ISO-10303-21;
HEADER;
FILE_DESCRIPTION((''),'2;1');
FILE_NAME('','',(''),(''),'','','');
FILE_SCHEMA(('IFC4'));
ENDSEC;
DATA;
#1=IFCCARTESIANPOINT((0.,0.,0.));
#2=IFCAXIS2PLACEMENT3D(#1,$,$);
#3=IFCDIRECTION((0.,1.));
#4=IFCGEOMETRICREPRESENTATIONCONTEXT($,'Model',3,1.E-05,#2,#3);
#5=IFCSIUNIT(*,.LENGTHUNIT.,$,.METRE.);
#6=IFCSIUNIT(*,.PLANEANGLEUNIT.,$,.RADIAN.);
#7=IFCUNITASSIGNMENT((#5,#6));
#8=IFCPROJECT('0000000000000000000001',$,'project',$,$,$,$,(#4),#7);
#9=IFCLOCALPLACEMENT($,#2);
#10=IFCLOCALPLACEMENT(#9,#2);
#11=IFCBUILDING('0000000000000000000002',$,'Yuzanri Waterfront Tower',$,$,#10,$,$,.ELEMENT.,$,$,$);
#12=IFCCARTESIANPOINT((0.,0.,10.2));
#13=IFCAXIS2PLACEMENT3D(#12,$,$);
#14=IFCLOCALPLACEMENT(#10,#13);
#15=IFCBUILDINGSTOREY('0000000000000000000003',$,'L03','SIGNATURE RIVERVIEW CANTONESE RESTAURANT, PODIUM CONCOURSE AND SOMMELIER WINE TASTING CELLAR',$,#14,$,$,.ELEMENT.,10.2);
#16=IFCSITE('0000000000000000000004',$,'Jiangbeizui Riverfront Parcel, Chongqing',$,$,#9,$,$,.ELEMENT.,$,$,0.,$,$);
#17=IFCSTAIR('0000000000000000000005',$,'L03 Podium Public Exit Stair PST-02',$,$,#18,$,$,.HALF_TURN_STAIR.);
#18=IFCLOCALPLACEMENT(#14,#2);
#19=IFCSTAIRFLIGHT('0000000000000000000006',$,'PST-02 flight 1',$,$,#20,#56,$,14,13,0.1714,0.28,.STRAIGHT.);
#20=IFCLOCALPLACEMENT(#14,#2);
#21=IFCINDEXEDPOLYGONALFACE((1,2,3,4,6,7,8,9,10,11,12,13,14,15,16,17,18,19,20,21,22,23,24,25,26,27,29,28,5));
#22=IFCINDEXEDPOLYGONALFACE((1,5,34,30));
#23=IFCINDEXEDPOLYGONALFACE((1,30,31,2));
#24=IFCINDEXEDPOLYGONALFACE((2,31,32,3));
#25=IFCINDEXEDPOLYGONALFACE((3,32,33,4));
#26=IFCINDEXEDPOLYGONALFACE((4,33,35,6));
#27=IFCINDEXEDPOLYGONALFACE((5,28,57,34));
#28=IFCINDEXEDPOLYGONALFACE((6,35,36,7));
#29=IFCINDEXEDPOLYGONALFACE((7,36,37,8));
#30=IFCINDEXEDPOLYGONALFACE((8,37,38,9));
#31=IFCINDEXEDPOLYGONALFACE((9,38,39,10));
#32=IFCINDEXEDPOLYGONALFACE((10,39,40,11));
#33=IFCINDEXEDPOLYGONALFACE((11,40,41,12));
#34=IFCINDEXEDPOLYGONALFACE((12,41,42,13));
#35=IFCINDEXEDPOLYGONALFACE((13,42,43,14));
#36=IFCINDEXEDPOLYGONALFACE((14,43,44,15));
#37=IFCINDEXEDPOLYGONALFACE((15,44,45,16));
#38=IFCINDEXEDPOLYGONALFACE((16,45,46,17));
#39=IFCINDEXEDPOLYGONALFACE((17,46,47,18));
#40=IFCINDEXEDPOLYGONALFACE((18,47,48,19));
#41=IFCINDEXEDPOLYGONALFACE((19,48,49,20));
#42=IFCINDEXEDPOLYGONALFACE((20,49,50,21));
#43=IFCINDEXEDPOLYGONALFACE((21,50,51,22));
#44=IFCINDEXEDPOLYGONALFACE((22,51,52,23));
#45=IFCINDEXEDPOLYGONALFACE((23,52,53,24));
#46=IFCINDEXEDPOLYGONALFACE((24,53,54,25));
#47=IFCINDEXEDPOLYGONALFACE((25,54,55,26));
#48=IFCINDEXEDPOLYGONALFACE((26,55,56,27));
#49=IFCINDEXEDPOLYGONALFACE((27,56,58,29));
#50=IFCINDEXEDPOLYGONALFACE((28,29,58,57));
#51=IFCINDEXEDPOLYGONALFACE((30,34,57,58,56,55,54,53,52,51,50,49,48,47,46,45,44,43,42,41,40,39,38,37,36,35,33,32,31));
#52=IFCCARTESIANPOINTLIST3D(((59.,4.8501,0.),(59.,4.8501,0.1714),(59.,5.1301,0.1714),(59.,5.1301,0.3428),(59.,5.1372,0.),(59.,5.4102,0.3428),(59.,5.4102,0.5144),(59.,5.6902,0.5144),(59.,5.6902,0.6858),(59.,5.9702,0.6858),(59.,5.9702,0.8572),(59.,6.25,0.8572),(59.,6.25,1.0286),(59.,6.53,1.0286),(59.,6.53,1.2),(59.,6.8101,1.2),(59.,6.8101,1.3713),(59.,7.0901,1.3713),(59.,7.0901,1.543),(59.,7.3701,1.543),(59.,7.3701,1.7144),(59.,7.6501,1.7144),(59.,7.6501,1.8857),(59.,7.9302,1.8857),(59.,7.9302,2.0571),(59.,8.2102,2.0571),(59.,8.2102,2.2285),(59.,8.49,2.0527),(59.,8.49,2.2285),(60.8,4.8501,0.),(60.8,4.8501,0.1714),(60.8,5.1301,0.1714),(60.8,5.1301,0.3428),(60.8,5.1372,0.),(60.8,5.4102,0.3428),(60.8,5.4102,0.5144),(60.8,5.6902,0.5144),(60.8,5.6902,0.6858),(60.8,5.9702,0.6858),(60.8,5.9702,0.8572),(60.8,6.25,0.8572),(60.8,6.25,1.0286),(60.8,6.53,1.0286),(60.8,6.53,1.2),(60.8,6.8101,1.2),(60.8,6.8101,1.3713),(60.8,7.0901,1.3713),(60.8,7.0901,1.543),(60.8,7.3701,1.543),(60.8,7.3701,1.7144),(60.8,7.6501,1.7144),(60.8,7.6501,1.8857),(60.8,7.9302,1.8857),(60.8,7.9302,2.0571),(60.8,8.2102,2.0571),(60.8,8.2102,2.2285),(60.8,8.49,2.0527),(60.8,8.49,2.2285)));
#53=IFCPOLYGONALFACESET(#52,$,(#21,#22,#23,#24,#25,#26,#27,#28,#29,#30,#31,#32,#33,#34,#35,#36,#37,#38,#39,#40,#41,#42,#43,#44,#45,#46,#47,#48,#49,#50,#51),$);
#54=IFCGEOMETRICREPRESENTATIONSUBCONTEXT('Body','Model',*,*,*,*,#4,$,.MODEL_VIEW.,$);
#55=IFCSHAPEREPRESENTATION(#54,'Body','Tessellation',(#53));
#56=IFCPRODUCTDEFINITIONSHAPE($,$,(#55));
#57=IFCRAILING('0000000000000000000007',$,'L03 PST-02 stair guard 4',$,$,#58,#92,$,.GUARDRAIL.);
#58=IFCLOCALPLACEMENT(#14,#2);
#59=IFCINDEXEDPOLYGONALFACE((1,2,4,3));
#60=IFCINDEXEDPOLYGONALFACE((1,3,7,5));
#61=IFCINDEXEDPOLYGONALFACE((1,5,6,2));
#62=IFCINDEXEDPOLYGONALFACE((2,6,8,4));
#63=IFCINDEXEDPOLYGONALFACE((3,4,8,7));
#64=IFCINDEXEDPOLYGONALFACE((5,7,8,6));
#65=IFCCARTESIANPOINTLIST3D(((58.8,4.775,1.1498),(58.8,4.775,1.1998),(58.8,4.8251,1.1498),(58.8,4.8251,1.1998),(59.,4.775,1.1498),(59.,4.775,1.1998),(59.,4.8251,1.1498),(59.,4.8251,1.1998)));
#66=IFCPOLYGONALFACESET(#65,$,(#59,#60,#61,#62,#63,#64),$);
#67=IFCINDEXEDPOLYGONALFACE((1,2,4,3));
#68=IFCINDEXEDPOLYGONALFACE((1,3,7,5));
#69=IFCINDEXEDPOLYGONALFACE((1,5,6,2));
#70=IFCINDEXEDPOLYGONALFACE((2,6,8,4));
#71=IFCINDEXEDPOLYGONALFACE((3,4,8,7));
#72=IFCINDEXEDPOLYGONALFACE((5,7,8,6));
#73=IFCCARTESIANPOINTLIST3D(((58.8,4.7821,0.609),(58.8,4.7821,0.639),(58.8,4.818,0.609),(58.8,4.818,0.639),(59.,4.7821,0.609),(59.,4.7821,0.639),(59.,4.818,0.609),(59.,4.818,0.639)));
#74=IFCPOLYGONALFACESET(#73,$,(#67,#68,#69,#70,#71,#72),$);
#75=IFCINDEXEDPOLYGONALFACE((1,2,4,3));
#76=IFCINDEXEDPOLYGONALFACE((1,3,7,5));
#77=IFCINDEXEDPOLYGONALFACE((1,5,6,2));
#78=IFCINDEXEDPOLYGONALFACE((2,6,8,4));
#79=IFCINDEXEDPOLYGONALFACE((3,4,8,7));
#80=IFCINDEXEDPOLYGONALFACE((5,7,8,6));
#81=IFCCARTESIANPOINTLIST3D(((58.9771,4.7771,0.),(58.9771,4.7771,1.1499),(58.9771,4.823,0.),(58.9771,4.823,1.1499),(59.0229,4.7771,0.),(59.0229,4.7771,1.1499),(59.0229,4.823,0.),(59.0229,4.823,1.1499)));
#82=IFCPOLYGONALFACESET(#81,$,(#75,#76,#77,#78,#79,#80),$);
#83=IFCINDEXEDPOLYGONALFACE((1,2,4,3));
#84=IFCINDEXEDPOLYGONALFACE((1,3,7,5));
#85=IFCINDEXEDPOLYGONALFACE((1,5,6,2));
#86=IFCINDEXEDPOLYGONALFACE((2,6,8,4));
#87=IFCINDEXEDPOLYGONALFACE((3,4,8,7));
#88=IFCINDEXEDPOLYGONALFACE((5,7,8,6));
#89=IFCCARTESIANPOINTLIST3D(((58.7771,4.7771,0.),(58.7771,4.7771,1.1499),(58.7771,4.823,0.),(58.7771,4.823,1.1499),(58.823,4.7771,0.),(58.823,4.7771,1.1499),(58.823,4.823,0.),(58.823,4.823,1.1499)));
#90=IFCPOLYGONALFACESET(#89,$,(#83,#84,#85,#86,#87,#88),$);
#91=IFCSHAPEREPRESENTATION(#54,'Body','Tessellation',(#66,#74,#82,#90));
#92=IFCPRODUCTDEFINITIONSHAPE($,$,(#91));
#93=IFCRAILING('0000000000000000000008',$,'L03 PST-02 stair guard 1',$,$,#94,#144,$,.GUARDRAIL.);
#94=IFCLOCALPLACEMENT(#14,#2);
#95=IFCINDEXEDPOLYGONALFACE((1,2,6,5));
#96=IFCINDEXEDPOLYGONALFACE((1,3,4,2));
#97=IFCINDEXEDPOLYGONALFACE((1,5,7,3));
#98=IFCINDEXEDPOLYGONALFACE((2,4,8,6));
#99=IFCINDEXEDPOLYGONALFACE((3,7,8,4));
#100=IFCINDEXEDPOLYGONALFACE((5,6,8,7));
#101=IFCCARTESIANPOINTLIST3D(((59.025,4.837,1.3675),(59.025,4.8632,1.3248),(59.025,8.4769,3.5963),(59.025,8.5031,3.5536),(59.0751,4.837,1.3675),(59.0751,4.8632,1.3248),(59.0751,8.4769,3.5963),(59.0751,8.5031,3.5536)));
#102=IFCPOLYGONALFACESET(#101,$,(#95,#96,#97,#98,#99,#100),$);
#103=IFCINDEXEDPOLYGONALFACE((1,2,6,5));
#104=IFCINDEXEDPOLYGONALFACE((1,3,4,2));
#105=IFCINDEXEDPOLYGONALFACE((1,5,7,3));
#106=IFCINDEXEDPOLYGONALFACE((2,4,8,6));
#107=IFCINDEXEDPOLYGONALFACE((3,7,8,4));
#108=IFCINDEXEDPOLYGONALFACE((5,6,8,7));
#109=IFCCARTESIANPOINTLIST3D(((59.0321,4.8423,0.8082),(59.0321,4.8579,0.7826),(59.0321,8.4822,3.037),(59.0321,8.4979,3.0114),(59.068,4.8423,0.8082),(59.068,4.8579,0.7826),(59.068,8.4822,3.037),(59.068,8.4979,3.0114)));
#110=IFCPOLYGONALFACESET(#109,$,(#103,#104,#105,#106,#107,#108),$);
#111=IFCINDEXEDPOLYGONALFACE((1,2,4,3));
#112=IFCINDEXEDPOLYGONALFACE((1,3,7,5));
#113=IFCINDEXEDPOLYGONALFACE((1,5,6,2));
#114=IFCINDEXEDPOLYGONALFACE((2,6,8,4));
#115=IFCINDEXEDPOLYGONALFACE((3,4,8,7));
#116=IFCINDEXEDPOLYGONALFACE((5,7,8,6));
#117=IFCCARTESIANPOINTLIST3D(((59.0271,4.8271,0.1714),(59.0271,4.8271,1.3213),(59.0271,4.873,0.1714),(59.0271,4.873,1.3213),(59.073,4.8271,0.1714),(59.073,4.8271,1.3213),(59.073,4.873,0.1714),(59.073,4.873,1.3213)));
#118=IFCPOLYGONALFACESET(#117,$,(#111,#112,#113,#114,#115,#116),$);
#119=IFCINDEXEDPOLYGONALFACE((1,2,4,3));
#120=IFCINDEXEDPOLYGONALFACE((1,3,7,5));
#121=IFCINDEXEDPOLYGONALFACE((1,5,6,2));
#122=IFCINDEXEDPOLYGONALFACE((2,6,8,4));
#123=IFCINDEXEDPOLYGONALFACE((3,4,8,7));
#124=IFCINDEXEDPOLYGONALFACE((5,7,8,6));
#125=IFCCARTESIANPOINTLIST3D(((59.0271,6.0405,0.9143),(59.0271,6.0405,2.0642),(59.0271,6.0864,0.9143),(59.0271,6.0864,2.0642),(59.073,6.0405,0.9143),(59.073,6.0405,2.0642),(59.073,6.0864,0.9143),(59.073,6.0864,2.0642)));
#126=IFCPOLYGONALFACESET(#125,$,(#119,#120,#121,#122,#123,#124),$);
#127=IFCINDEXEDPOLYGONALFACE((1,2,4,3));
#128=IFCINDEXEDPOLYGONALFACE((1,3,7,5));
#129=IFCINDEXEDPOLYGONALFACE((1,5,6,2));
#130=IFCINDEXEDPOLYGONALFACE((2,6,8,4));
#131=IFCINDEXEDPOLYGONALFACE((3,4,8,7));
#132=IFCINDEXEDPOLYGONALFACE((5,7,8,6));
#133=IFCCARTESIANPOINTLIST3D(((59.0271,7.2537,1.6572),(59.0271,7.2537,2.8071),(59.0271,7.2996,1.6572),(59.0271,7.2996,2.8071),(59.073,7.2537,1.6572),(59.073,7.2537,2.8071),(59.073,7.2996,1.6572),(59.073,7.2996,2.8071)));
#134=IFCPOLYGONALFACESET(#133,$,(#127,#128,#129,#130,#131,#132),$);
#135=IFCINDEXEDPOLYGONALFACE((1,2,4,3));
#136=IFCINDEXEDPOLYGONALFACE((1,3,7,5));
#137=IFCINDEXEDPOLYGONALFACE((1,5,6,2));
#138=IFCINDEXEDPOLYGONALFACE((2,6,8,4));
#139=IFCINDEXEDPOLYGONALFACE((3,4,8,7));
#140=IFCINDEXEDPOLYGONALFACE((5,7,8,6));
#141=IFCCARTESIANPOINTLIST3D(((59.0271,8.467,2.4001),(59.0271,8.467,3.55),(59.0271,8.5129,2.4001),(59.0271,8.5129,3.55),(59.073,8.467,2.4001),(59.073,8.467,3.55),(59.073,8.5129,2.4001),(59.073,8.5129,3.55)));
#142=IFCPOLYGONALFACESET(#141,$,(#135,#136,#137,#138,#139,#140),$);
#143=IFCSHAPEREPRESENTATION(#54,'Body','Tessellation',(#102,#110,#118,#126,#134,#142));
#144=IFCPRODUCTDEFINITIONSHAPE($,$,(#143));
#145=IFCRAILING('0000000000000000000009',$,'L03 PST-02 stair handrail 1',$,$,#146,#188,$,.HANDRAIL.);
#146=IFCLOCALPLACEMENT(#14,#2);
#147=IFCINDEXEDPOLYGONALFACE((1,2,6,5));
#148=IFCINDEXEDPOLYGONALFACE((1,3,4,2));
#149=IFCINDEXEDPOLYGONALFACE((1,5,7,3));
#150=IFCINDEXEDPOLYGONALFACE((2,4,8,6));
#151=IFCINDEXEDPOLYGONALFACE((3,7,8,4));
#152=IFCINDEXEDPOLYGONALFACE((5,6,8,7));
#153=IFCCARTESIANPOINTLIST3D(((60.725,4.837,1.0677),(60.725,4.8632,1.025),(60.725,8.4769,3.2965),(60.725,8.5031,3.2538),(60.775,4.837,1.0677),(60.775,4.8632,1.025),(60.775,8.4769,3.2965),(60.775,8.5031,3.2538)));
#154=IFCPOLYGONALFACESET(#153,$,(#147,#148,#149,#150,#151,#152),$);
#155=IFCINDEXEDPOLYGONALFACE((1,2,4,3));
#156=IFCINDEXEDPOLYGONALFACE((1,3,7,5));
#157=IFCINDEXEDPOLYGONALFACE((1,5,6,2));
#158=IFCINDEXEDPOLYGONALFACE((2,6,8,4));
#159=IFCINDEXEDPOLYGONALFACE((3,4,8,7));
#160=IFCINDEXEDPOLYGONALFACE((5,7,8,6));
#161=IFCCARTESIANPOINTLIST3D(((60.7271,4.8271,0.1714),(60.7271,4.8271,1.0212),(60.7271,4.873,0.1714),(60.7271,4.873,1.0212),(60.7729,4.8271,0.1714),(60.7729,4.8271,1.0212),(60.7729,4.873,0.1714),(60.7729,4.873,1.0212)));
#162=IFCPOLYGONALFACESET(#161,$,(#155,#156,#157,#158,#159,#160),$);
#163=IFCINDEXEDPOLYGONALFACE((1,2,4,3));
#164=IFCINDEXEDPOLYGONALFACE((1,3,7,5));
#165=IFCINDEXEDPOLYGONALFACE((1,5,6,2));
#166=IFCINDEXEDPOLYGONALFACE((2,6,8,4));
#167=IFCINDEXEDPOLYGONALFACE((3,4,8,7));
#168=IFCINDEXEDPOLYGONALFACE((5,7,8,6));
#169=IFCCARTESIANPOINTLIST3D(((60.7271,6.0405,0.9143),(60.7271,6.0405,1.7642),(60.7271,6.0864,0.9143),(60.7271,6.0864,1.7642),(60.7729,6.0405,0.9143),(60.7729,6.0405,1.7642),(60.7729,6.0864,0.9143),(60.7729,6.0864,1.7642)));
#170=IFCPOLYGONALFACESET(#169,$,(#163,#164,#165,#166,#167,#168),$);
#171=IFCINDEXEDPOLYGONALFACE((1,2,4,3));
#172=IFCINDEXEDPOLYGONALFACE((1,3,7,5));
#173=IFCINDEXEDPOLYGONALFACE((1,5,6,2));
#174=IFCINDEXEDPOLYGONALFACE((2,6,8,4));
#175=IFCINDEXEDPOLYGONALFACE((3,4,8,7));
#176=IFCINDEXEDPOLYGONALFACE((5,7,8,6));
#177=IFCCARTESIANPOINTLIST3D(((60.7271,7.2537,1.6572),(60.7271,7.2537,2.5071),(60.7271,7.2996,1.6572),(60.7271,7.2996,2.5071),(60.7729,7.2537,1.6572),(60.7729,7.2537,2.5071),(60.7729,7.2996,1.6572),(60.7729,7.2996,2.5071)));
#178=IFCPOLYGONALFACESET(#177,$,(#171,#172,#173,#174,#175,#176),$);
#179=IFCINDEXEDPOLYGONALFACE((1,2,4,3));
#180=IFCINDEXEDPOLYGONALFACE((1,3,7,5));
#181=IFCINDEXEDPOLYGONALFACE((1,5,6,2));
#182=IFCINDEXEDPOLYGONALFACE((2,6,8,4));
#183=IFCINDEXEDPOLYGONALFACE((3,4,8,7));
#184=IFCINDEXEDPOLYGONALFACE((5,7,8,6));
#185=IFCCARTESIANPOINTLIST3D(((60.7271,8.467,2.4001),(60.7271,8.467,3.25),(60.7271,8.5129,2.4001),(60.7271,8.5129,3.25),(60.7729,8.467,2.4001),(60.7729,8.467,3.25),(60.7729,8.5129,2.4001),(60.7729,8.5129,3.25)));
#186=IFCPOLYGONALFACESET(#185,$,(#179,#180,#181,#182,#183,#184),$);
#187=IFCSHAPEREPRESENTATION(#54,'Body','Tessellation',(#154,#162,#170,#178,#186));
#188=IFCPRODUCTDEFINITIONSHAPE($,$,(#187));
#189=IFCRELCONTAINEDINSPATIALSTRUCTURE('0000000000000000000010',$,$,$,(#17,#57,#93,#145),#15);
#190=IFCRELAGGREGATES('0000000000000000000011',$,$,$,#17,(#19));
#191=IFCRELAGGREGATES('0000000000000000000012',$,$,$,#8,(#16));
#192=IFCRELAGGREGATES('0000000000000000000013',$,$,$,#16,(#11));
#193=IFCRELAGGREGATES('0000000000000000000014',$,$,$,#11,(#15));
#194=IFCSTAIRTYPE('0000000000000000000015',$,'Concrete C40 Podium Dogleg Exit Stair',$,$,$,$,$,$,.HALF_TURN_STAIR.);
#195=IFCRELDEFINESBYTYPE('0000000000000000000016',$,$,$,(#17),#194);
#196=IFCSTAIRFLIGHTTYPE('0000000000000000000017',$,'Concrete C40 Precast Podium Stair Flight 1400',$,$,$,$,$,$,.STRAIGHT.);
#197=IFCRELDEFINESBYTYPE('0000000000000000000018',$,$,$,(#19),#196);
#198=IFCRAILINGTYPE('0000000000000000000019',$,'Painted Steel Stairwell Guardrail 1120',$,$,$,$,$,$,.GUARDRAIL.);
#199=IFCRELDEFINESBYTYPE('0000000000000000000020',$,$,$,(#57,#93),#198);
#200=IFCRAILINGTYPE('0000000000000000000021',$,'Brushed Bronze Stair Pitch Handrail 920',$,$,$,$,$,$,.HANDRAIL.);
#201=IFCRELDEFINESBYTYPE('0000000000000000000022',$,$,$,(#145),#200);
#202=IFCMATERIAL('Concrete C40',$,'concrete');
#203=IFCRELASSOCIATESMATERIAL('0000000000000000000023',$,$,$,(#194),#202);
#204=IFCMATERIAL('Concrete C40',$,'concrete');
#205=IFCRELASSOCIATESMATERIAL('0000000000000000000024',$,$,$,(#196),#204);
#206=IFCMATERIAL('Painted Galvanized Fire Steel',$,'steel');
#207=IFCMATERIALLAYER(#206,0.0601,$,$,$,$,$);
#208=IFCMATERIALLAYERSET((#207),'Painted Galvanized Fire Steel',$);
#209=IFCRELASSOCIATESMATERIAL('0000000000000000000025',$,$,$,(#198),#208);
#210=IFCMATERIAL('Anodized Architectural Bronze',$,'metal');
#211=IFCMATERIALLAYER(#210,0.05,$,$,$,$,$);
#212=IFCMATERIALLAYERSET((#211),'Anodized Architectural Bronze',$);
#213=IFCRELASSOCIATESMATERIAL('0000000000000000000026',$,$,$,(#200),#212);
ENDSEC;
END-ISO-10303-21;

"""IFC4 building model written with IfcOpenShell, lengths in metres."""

from ifc_helpers import new_model, si_unit, direction, frame, origin, origin_2d, place, context, subcontext, project, spatial, polyline, rectangle, outline, extrude, source, transform, mapped, material, layer, layer_set, type_object, element, aggregate, save


model = new_model("IFC4")

# Units and contexts
model_context = context("Model", 3, precision=1e-05, world=origin(), true_north=direction((0.0, 1.0)))
body_context = subcontext(model_context, "Body", "Model", "MODEL_VIEW")
ifc_project = project(units=[si_unit("LENGTHUNIT", "METRE"), si_unit("PLANEANGLEUNIT", "RADIAN")], contexts=[model_context])

# Site, building, storey
site_placement = place(None, origin())
site = spatial("IfcSite", under=ifc_project, at=site_placement, Name="Jiangbeizui Riverfront Parcel, Chongqing", CompositionType="ELEMENT", RefElevation=0.0)
building_placement = place(site_placement, origin())
building = spatial("IfcBuilding", under=site, at=building_placement, Name="Yuzanri Waterfront Tower", CompositionType="ELEMENT")
storey_placement = place(building_placement, frame((0.0, 0.0, 10.2)))
storey = spatial("IfcBuildingStorey", under=building, at=storey_placement, Name="L03", Description="SIGNATURE RIVERVIEW CANTONESE RESTAURANT, PODIUM CONCOURSE AND SOMMELIER WINE TASTING CELLAR", CompositionType="ELEMENT", Elevation=10.2)

# Stair, stair flight
ifc_material_1 = material(Name="Concrete C40", Category="concrete")
stair_type = type_object("IfcStairType", Name="Concrete C40 Podium Dogleg Exit Stair", PredefinedType="HALF_TURN_STAIR", material=ifc_material_1)
stair_placement = place(storey_placement, origin())
stair = element("IfcStair", 1, at=stair_placement, inside=storey, type_object=stair_type, Name="L03 Podium Public Exit Stair PST-02", PredefinedType="HALF_TURN_STAIR")
ifc_material_2 = material(Name="Concrete C40", Category="concrete")
stair_flight_type = type_object("IfcStairFlightType", Name="Concrete C40 Precast Podium Stair Flight 1400", PredefinedType="STRAIGHT", material=ifc_material_2)
shared_shape_1 = source(origin(), body_context, "Body", "SweptSolid", [
    extrude(outline(polyline([(0.0, 0.0), (0.0, 0.1714), (0.28, 0.1714), (0.28, 0.3428), (0.5601, 0.3428), (0.5601, 0.5144), (0.8401, 0.5144), (0.8401, 0.6858), (1.1201, 0.6858), (1.1201, 0.8572), (1.3999, 0.8572), (1.3999, 1.0286), (1.6799, 1.0286), (1.6799, 1.2), (1.96, 1.2), (1.96, 1.3713), (2.24, 1.3713), (2.24, 1.543), (2.52, 1.543), (2.52, 1.7144), (2.8, 1.7144), (2.8, 1.8857), (3.0801, 1.8857), (3.0801, 2.0571), (3.3601, 2.0571), (3.3601, 2.2285), (3.6399, 2.2285), (3.6399, 2.3999), (3.6399, 2.0527), (0.2871, 0.0), (0.0, 0.0)])), frame((0.0, 0.8999, 0.0), z_axis=(0.0, -1.0, 0.0), x_axis=(1.0, 0.0, 0.0)), (0.0, 0.0, 1.0), 1.8),
])
stair_flight_placement = place(storey_placement, frame((59.8999, 4.8501, 0.0), z_axis=(0.0, 0.0, 1.0), x_axis=(0.0, 1.0, 0.0)))
stair_flight = element("IfcStairFlight", 2, at=stair_flight_placement, type_object=stair_flight_type, Name="PST-02 flight 1", NumberOfRisers=14, NumberOfTreads=13, PredefinedType="STRAIGHT", RiserHeight=0.1714, TreadLength=0.28, context=body_context, shape_type="MappedRepresentation", body=[
    mapped(shared_shape_1, transform((0.0, 0.0, 0.0), scale=1.0)),
])
aggregate(stair, [stair_flight])

# Railings
ifc_material_3 = material(Name="Painted Galvanized Fire Steel", Category="steel")
ifc_layer_1 = layer(ifc_material_3, 0.0601)
ifc_layer_set_1 = layer_set([ifc_layer_1], Name="Painted Galvanized Fire Steel")
railing_type_1 = type_object("IfcRailingType", Name="Painted Steel Stairwell Guardrail 1120", PredefinedType="GUARDRAIL", material=ifc_layer_set_1)
shared_shape_2 = source(origin(), body_context, "Body", "SweptSolid", [
    extrude(rectangle(XDim=0.05, YDim=0.05, at=origin_2d()), frame((0.0, 0.0, 1.1748), z_axis=(-1.0, 0.0, 0.0), x_axis=(0.0, -1.0, 0.0)), (0.0, 0.0, 1.0), 0.2),
    extrude(rectangle(XDim=0.0359, YDim=0.03, at=origin_2d()), frame((0.0, 0.0, 0.624), z_axis=(-1.0, 0.0, 0.0), x_axis=(0.0, -1.0, 0.0)), (0.0, 0.0, 1.0), 0.2),
    extrude(rectangle(XDim=0.0459, YDim=0.0459, at=origin_2d()), origin(), (0.0, 0.0, 1.0), 1.1499),
    extrude(rectangle(XDim=0.0459, YDim=0.0459, at=origin_2d()), frame((-0.2, 0.0, 0.0)), (0.0, 0.0, 1.0), 1.1499),
])
railing_1_placement = place(storey_placement, frame((59.0, 4.8, 0.0)))
element("IfcRailing", 3, at=railing_1_placement, inside=storey, type_object=railing_type_1, Name="L03 PST-02 stair guard 4", PredefinedType="GUARDRAIL", context=body_context, shape_type="MappedRepresentation", body=[
    mapped(shared_shape_2, transform((0.0, 0.0, 0.0), scale=1.0)),
])
shared_shape_3 = source(origin(), body_context, "Body", "SweptSolid", [
    extrude(rectangle(XDim=0.05, YDim=0.05, at=origin_2d()), frame((0.0, 0.0, 1.1748), z_axis=(0.0, 0.852825, 0.522197), x_axis=(-1.0, 0.0, 0.0)), (0.0, 0.0, 1.0), 4.2681),
    extrude(rectangle(XDim=0.0359, YDim=0.03, at=origin_2d()), frame((0.0, 0.0, 0.624), z_axis=(0.0, 0.852825, 0.522197), x_axis=(-1.0, 0.0, 0.0)), (0.0, 0.0, 1.0), 4.2681),
    extrude(rectangle(XDim=0.0459, YDim=0.0459, at=origin_2d()), origin(), (0.0, 0.0, 1.0), 1.1499),
    extrude(rectangle(XDim=0.0459, YDim=0.0459, at=origin_2d()), frame((0.0, 1.2134, 0.7429)), (0.0, 0.0, 1.0), 1.1499),
    extrude(rectangle(XDim=0.0459, YDim=0.0459, at=origin_2d()), frame((0.0, 2.4265, 1.4858)), (0.0, 0.0, 1.0), 1.1499),
    extrude(rectangle(XDim=0.0459, YDim=0.0459, at=origin_2d()), frame((0.0, 3.6399, 2.2288)), (0.0, 0.0, 1.0), 1.1499),
])
railing_2_placement = place(storey_placement, frame((59.05, 4.8501, 0.1714)))
element("IfcRailing", 4, at=railing_2_placement, inside=storey, type_object=railing_type_1, Name="L03 PST-02 stair guard 1", PredefinedType="GUARDRAIL", context=body_context, shape_type="MappedRepresentation", body=[
    mapped(shared_shape_3, transform((0.0, 0.0, 0.0), scale=1.0)),
])
ifc_material_4 = material(Name="Anodized Architectural Bronze", Category="metal")
ifc_layer_2 = layer(ifc_material_4, 0.05)
ifc_layer_set_2 = layer_set([ifc_layer_2], Name="Anodized Architectural Bronze")
railing_type_2 = type_object("IfcRailingType", Name="Brushed Bronze Stair Pitch Handrail 920", PredefinedType="HANDRAIL", material=ifc_layer_set_2)
shared_shape_4 = source(origin(), body_context, "Body", "SweptSolid", [
    extrude(rectangle(XDim=0.05, YDim=0.05, at=origin_2d()), frame((0.0, 0.0, 0.875), z_axis=(0.0, 0.852825, 0.522197), x_axis=(-1.0, 0.0, 0.0)), (0.0, 0.0, 1.0), 4.2681),
    extrude(rectangle(XDim=0.0459, YDim=0.0459, at=origin_2d()), origin(), (0.0, 0.0, 1.0), 0.8499),
    extrude(rectangle(XDim=0.0459, YDim=0.0459, at=origin_2d()), frame((0.0, 1.2134, 0.7429)), (0.0, 0.0, 1.0), 0.8499),
    extrude(rectangle(XDim=0.0459, YDim=0.0459, at=origin_2d()), frame((0.0, 2.4265, 1.4858)), (0.0, 0.0, 1.0), 0.8499),
    extrude(rectangle(XDim=0.0459, YDim=0.0459, at=origin_2d()), frame((0.0, 3.6399, 2.2288)), (0.0, 0.0, 1.0), 0.8499),
])
railing_3_placement = place(storey_placement, frame((60.75, 4.8501, 0.1714)))
element("IfcRailing", 5, at=railing_3_placement, inside=storey, type_object=railing_type_2, Name="L03 PST-02 stair handrail 1", PredefinedType="HANDRAIL", context=body_context, shape_type="MappedRepresentation", body=[
    mapped(shared_shape_4, transform((0.0, 0.0, 0.0), scale=1.0)),
])

save(model, "model.ifc")
